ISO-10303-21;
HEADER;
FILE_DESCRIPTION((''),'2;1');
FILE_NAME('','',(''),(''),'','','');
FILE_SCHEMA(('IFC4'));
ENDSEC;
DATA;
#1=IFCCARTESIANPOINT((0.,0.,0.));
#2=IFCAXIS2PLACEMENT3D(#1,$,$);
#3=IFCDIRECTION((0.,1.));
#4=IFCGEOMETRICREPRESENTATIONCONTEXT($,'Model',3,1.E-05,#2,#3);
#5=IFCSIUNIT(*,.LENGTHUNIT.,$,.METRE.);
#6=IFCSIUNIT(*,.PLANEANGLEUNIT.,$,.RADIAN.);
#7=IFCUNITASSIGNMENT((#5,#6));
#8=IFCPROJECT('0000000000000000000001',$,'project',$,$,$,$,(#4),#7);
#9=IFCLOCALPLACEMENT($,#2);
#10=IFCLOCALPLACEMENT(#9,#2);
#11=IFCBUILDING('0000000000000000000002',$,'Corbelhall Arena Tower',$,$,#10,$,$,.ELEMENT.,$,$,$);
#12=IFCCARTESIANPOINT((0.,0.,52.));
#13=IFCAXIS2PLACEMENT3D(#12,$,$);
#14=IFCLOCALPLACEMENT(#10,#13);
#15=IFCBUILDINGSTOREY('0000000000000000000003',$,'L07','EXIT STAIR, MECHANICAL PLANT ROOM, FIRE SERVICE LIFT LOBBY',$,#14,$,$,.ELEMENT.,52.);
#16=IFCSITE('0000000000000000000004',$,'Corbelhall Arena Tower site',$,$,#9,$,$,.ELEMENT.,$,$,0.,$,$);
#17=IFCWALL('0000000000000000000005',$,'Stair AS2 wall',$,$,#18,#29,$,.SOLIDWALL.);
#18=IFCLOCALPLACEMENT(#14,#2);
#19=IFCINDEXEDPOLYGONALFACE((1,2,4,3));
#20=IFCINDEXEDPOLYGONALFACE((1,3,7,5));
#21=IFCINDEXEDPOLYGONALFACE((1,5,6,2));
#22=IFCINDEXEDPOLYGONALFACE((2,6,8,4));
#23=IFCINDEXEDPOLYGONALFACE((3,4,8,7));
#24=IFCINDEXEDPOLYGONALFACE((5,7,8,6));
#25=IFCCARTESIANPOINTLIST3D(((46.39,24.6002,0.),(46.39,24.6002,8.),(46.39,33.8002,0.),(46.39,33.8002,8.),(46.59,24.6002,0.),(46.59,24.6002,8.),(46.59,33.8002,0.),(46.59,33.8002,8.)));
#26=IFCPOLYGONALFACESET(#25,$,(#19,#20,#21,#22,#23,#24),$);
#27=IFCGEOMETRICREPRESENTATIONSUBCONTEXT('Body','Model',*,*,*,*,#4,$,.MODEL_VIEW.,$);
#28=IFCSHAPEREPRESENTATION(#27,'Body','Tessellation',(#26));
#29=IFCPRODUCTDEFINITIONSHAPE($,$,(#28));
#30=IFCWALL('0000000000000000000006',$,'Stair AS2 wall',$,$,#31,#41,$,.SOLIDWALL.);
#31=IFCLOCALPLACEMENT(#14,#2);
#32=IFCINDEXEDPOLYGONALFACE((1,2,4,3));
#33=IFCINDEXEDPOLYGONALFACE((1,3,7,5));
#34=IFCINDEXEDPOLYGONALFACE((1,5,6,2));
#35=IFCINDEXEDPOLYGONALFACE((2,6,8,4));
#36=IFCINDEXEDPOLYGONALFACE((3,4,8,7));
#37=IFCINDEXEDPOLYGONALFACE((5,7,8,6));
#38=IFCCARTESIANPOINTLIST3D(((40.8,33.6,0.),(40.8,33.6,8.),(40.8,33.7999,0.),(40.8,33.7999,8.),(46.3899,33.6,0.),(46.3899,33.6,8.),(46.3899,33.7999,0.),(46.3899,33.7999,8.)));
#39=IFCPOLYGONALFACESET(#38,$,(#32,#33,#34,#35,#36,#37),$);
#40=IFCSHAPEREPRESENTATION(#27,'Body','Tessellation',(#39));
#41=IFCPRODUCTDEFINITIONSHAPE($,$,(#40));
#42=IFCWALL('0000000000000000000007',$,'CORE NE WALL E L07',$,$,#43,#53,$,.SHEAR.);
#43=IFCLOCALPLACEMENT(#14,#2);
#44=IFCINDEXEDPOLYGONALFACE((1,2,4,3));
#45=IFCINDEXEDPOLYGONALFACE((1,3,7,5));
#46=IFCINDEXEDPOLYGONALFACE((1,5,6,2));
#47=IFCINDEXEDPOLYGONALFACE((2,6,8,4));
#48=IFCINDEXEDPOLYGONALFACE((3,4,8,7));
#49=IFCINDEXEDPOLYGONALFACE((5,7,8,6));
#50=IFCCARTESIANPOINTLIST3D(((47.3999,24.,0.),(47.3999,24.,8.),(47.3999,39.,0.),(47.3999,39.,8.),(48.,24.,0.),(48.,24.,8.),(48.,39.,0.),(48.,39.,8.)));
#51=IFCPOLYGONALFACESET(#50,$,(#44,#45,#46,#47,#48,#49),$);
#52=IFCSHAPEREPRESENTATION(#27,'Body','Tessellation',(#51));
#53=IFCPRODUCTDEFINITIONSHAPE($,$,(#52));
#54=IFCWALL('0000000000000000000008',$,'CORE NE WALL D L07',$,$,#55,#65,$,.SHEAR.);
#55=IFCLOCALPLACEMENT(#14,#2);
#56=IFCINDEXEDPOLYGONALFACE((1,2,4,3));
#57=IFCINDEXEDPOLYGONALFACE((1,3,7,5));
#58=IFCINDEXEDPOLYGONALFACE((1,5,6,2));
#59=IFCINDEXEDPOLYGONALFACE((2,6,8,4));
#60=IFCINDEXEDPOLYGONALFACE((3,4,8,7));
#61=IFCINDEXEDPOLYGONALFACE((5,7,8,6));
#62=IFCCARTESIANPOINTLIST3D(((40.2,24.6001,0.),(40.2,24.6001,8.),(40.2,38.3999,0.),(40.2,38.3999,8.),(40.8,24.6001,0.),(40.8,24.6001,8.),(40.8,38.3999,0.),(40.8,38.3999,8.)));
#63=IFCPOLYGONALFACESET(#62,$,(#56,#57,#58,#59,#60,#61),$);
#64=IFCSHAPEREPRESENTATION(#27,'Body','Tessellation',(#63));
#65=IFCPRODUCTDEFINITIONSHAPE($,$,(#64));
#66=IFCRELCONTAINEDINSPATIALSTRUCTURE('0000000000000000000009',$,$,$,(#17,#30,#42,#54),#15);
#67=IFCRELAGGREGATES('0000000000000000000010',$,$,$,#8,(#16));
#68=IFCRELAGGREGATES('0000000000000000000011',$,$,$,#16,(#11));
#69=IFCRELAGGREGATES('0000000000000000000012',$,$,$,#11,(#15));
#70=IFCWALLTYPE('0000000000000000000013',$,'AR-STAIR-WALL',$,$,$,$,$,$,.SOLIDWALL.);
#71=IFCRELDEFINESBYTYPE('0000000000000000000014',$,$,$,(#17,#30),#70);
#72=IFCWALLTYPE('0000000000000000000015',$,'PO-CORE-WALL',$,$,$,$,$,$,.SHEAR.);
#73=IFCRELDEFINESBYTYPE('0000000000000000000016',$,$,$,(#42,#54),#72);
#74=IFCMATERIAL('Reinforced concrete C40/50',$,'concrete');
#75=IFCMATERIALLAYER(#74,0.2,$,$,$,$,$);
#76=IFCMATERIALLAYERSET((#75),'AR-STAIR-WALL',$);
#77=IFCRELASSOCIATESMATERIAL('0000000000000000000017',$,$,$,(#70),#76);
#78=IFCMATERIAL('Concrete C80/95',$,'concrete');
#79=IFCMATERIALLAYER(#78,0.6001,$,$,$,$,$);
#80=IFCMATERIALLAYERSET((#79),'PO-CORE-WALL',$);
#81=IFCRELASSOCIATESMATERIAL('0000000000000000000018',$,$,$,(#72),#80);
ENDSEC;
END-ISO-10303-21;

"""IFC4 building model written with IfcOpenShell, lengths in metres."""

from ifc_helpers import new_model, si_unit, direction, frame, frame_2d, origin, place, context, subcontext, project, spatial, rectangle, extrude, material, layer, layer_set, type_object, element, save


model = new_model("IFC4")

# Units and contexts
model_context = context("Model", 3, precision=1e-05, world=origin(), true_north=direction((0.0, 1.0)))
body_context = subcontext(model_context, "Body", "Model", "MODEL_VIEW")
ifc_project = project(units=[si_unit("LENGTHUNIT", "METRE"), si_unit("PLANEANGLEUNIT", "RADIAN")], contexts=[model_context])

# Site, building, storey
site_placement = place(None, origin())
site = spatial("IfcSite", under=ifc_project, at=site_placement, Name="Corbelhall Arena Tower site", CompositionType="ELEMENT", RefElevation=0.0)
building_placement = place(site_placement, origin())
building = spatial("IfcBuilding", under=site, at=building_placement, Name="Corbelhall Arena Tower", CompositionType="ELEMENT")
storey_placement = place(building_placement, frame((0.0, 0.0, 52.0)))
storey = spatial("IfcBuildingStorey", under=building, at=storey_placement, Name="L07", Description="EXIT STAIR, MECHANICAL PLANT ROOM, FIRE SERVICE LIFT LOBBY", CompositionType="ELEMENT", Elevation=52.0)

# Shared definitions
ifc_material_1 = material(Name="Reinforced concrete C40/50", Category="concrete")

# Walls
ifc_layer_1 = layer(ifc_material_1, 0.2)
ifc_layer_set_1 = layer_set([ifc_layer_1], Name="AR-STAIR-WALL")
wall_type_1 = type_object("IfcWallType", Name="AR-STAIR-WALL", PredefinedType="SOLIDWALL", material=ifc_layer_set_1)
wall_1_placement = place(storey_placement, frame((46.49, 24.6001, 0.0), z_axis=(0.0, 0.0, 1.0), x_axis=(0.0, 1.0, 0.0)))
element("IfcWall", 1, at=wall_1_placement, inside=storey, type_object=wall_type_1, Name="Stair AS2 wall", PredefinedType="SOLIDWALL", context=body_context, shape_type="SweptSolid", body=[
    extrude(rectangle(XDim=9.2, YDim=0.2, at=frame_2d((4.6001, 0.0))), origin(), (0.0, 0.0, 1.0), 8.0),
])
wall_2_placement = place(storey_placement, frame((40.8, 33.7, 0.0), z_axis=(0.0, 0.0, 1.0), x_axis=(1.0, 0.0, 0.0)))
element("IfcWall", 2, at=wall_2_placement, inside=storey, type_object=wall_type_1, Name="Stair AS2 wall", PredefinedType="SOLIDWALL", context=body_context, shape_type="SweptSolid", body=[
    extrude(rectangle(XDim=5.5898, YDim=0.2, at=frame_2d((2.7949, 0.0))), origin(), (0.0, 0.0, 1.0), 8.0),
])
ifc_material_2 = material(Name="Concrete C80/95", Category="concrete")
ifc_layer_2 = layer(ifc_material_2, 0.6001)
ifc_layer_set_2 = layer_set([ifc_layer_2], Name="PO-CORE-WALL")
wall_type_2 = type_object("IfcWallType", Name="PO-CORE-WALL", PredefinedType="SHEAR", material=ifc_layer_set_2)
wall_3_placement = place(storey_placement, frame((47.7, 24.0, 0.0), z_axis=(0.0, 0.0, 1.0), x_axis=(0.0, 1.0, 0.0)))
element("IfcWall", 3, at=wall_3_placement, inside=storey, type_object=wall_type_2, Name="CORE NE WALL E L07", PredefinedType="SHEAR", context=body_context, shape_type="SweptSolid", body=[
    extrude(rectangle(XDim=15.0, YDim=0.6001, at=frame_2d((7.5, 0.0))), origin(), (0.0, 0.0, 1.0), 8.0),
])
wall_4_placement = place(storey_placement, frame((40.5, 24.6001, 0.0), z_axis=(0.0, 0.0, 1.0), x_axis=(0.0, 1.0, 0.0)))
element("IfcWall", 4, at=wall_4_placement, inside=storey, type_object=wall_type_2, Name="CORE NE WALL D L07", PredefinedType="SHEAR", context=body_context, shape_type="SweptSolid", body=[
    extrude(rectangle(XDim=13.7998, YDim=0.6001, at=frame_2d((6.8999, 0.0))), origin(), (0.0, 0.0, 1.0), 8.0),
])

save(model, "model.ifc")
